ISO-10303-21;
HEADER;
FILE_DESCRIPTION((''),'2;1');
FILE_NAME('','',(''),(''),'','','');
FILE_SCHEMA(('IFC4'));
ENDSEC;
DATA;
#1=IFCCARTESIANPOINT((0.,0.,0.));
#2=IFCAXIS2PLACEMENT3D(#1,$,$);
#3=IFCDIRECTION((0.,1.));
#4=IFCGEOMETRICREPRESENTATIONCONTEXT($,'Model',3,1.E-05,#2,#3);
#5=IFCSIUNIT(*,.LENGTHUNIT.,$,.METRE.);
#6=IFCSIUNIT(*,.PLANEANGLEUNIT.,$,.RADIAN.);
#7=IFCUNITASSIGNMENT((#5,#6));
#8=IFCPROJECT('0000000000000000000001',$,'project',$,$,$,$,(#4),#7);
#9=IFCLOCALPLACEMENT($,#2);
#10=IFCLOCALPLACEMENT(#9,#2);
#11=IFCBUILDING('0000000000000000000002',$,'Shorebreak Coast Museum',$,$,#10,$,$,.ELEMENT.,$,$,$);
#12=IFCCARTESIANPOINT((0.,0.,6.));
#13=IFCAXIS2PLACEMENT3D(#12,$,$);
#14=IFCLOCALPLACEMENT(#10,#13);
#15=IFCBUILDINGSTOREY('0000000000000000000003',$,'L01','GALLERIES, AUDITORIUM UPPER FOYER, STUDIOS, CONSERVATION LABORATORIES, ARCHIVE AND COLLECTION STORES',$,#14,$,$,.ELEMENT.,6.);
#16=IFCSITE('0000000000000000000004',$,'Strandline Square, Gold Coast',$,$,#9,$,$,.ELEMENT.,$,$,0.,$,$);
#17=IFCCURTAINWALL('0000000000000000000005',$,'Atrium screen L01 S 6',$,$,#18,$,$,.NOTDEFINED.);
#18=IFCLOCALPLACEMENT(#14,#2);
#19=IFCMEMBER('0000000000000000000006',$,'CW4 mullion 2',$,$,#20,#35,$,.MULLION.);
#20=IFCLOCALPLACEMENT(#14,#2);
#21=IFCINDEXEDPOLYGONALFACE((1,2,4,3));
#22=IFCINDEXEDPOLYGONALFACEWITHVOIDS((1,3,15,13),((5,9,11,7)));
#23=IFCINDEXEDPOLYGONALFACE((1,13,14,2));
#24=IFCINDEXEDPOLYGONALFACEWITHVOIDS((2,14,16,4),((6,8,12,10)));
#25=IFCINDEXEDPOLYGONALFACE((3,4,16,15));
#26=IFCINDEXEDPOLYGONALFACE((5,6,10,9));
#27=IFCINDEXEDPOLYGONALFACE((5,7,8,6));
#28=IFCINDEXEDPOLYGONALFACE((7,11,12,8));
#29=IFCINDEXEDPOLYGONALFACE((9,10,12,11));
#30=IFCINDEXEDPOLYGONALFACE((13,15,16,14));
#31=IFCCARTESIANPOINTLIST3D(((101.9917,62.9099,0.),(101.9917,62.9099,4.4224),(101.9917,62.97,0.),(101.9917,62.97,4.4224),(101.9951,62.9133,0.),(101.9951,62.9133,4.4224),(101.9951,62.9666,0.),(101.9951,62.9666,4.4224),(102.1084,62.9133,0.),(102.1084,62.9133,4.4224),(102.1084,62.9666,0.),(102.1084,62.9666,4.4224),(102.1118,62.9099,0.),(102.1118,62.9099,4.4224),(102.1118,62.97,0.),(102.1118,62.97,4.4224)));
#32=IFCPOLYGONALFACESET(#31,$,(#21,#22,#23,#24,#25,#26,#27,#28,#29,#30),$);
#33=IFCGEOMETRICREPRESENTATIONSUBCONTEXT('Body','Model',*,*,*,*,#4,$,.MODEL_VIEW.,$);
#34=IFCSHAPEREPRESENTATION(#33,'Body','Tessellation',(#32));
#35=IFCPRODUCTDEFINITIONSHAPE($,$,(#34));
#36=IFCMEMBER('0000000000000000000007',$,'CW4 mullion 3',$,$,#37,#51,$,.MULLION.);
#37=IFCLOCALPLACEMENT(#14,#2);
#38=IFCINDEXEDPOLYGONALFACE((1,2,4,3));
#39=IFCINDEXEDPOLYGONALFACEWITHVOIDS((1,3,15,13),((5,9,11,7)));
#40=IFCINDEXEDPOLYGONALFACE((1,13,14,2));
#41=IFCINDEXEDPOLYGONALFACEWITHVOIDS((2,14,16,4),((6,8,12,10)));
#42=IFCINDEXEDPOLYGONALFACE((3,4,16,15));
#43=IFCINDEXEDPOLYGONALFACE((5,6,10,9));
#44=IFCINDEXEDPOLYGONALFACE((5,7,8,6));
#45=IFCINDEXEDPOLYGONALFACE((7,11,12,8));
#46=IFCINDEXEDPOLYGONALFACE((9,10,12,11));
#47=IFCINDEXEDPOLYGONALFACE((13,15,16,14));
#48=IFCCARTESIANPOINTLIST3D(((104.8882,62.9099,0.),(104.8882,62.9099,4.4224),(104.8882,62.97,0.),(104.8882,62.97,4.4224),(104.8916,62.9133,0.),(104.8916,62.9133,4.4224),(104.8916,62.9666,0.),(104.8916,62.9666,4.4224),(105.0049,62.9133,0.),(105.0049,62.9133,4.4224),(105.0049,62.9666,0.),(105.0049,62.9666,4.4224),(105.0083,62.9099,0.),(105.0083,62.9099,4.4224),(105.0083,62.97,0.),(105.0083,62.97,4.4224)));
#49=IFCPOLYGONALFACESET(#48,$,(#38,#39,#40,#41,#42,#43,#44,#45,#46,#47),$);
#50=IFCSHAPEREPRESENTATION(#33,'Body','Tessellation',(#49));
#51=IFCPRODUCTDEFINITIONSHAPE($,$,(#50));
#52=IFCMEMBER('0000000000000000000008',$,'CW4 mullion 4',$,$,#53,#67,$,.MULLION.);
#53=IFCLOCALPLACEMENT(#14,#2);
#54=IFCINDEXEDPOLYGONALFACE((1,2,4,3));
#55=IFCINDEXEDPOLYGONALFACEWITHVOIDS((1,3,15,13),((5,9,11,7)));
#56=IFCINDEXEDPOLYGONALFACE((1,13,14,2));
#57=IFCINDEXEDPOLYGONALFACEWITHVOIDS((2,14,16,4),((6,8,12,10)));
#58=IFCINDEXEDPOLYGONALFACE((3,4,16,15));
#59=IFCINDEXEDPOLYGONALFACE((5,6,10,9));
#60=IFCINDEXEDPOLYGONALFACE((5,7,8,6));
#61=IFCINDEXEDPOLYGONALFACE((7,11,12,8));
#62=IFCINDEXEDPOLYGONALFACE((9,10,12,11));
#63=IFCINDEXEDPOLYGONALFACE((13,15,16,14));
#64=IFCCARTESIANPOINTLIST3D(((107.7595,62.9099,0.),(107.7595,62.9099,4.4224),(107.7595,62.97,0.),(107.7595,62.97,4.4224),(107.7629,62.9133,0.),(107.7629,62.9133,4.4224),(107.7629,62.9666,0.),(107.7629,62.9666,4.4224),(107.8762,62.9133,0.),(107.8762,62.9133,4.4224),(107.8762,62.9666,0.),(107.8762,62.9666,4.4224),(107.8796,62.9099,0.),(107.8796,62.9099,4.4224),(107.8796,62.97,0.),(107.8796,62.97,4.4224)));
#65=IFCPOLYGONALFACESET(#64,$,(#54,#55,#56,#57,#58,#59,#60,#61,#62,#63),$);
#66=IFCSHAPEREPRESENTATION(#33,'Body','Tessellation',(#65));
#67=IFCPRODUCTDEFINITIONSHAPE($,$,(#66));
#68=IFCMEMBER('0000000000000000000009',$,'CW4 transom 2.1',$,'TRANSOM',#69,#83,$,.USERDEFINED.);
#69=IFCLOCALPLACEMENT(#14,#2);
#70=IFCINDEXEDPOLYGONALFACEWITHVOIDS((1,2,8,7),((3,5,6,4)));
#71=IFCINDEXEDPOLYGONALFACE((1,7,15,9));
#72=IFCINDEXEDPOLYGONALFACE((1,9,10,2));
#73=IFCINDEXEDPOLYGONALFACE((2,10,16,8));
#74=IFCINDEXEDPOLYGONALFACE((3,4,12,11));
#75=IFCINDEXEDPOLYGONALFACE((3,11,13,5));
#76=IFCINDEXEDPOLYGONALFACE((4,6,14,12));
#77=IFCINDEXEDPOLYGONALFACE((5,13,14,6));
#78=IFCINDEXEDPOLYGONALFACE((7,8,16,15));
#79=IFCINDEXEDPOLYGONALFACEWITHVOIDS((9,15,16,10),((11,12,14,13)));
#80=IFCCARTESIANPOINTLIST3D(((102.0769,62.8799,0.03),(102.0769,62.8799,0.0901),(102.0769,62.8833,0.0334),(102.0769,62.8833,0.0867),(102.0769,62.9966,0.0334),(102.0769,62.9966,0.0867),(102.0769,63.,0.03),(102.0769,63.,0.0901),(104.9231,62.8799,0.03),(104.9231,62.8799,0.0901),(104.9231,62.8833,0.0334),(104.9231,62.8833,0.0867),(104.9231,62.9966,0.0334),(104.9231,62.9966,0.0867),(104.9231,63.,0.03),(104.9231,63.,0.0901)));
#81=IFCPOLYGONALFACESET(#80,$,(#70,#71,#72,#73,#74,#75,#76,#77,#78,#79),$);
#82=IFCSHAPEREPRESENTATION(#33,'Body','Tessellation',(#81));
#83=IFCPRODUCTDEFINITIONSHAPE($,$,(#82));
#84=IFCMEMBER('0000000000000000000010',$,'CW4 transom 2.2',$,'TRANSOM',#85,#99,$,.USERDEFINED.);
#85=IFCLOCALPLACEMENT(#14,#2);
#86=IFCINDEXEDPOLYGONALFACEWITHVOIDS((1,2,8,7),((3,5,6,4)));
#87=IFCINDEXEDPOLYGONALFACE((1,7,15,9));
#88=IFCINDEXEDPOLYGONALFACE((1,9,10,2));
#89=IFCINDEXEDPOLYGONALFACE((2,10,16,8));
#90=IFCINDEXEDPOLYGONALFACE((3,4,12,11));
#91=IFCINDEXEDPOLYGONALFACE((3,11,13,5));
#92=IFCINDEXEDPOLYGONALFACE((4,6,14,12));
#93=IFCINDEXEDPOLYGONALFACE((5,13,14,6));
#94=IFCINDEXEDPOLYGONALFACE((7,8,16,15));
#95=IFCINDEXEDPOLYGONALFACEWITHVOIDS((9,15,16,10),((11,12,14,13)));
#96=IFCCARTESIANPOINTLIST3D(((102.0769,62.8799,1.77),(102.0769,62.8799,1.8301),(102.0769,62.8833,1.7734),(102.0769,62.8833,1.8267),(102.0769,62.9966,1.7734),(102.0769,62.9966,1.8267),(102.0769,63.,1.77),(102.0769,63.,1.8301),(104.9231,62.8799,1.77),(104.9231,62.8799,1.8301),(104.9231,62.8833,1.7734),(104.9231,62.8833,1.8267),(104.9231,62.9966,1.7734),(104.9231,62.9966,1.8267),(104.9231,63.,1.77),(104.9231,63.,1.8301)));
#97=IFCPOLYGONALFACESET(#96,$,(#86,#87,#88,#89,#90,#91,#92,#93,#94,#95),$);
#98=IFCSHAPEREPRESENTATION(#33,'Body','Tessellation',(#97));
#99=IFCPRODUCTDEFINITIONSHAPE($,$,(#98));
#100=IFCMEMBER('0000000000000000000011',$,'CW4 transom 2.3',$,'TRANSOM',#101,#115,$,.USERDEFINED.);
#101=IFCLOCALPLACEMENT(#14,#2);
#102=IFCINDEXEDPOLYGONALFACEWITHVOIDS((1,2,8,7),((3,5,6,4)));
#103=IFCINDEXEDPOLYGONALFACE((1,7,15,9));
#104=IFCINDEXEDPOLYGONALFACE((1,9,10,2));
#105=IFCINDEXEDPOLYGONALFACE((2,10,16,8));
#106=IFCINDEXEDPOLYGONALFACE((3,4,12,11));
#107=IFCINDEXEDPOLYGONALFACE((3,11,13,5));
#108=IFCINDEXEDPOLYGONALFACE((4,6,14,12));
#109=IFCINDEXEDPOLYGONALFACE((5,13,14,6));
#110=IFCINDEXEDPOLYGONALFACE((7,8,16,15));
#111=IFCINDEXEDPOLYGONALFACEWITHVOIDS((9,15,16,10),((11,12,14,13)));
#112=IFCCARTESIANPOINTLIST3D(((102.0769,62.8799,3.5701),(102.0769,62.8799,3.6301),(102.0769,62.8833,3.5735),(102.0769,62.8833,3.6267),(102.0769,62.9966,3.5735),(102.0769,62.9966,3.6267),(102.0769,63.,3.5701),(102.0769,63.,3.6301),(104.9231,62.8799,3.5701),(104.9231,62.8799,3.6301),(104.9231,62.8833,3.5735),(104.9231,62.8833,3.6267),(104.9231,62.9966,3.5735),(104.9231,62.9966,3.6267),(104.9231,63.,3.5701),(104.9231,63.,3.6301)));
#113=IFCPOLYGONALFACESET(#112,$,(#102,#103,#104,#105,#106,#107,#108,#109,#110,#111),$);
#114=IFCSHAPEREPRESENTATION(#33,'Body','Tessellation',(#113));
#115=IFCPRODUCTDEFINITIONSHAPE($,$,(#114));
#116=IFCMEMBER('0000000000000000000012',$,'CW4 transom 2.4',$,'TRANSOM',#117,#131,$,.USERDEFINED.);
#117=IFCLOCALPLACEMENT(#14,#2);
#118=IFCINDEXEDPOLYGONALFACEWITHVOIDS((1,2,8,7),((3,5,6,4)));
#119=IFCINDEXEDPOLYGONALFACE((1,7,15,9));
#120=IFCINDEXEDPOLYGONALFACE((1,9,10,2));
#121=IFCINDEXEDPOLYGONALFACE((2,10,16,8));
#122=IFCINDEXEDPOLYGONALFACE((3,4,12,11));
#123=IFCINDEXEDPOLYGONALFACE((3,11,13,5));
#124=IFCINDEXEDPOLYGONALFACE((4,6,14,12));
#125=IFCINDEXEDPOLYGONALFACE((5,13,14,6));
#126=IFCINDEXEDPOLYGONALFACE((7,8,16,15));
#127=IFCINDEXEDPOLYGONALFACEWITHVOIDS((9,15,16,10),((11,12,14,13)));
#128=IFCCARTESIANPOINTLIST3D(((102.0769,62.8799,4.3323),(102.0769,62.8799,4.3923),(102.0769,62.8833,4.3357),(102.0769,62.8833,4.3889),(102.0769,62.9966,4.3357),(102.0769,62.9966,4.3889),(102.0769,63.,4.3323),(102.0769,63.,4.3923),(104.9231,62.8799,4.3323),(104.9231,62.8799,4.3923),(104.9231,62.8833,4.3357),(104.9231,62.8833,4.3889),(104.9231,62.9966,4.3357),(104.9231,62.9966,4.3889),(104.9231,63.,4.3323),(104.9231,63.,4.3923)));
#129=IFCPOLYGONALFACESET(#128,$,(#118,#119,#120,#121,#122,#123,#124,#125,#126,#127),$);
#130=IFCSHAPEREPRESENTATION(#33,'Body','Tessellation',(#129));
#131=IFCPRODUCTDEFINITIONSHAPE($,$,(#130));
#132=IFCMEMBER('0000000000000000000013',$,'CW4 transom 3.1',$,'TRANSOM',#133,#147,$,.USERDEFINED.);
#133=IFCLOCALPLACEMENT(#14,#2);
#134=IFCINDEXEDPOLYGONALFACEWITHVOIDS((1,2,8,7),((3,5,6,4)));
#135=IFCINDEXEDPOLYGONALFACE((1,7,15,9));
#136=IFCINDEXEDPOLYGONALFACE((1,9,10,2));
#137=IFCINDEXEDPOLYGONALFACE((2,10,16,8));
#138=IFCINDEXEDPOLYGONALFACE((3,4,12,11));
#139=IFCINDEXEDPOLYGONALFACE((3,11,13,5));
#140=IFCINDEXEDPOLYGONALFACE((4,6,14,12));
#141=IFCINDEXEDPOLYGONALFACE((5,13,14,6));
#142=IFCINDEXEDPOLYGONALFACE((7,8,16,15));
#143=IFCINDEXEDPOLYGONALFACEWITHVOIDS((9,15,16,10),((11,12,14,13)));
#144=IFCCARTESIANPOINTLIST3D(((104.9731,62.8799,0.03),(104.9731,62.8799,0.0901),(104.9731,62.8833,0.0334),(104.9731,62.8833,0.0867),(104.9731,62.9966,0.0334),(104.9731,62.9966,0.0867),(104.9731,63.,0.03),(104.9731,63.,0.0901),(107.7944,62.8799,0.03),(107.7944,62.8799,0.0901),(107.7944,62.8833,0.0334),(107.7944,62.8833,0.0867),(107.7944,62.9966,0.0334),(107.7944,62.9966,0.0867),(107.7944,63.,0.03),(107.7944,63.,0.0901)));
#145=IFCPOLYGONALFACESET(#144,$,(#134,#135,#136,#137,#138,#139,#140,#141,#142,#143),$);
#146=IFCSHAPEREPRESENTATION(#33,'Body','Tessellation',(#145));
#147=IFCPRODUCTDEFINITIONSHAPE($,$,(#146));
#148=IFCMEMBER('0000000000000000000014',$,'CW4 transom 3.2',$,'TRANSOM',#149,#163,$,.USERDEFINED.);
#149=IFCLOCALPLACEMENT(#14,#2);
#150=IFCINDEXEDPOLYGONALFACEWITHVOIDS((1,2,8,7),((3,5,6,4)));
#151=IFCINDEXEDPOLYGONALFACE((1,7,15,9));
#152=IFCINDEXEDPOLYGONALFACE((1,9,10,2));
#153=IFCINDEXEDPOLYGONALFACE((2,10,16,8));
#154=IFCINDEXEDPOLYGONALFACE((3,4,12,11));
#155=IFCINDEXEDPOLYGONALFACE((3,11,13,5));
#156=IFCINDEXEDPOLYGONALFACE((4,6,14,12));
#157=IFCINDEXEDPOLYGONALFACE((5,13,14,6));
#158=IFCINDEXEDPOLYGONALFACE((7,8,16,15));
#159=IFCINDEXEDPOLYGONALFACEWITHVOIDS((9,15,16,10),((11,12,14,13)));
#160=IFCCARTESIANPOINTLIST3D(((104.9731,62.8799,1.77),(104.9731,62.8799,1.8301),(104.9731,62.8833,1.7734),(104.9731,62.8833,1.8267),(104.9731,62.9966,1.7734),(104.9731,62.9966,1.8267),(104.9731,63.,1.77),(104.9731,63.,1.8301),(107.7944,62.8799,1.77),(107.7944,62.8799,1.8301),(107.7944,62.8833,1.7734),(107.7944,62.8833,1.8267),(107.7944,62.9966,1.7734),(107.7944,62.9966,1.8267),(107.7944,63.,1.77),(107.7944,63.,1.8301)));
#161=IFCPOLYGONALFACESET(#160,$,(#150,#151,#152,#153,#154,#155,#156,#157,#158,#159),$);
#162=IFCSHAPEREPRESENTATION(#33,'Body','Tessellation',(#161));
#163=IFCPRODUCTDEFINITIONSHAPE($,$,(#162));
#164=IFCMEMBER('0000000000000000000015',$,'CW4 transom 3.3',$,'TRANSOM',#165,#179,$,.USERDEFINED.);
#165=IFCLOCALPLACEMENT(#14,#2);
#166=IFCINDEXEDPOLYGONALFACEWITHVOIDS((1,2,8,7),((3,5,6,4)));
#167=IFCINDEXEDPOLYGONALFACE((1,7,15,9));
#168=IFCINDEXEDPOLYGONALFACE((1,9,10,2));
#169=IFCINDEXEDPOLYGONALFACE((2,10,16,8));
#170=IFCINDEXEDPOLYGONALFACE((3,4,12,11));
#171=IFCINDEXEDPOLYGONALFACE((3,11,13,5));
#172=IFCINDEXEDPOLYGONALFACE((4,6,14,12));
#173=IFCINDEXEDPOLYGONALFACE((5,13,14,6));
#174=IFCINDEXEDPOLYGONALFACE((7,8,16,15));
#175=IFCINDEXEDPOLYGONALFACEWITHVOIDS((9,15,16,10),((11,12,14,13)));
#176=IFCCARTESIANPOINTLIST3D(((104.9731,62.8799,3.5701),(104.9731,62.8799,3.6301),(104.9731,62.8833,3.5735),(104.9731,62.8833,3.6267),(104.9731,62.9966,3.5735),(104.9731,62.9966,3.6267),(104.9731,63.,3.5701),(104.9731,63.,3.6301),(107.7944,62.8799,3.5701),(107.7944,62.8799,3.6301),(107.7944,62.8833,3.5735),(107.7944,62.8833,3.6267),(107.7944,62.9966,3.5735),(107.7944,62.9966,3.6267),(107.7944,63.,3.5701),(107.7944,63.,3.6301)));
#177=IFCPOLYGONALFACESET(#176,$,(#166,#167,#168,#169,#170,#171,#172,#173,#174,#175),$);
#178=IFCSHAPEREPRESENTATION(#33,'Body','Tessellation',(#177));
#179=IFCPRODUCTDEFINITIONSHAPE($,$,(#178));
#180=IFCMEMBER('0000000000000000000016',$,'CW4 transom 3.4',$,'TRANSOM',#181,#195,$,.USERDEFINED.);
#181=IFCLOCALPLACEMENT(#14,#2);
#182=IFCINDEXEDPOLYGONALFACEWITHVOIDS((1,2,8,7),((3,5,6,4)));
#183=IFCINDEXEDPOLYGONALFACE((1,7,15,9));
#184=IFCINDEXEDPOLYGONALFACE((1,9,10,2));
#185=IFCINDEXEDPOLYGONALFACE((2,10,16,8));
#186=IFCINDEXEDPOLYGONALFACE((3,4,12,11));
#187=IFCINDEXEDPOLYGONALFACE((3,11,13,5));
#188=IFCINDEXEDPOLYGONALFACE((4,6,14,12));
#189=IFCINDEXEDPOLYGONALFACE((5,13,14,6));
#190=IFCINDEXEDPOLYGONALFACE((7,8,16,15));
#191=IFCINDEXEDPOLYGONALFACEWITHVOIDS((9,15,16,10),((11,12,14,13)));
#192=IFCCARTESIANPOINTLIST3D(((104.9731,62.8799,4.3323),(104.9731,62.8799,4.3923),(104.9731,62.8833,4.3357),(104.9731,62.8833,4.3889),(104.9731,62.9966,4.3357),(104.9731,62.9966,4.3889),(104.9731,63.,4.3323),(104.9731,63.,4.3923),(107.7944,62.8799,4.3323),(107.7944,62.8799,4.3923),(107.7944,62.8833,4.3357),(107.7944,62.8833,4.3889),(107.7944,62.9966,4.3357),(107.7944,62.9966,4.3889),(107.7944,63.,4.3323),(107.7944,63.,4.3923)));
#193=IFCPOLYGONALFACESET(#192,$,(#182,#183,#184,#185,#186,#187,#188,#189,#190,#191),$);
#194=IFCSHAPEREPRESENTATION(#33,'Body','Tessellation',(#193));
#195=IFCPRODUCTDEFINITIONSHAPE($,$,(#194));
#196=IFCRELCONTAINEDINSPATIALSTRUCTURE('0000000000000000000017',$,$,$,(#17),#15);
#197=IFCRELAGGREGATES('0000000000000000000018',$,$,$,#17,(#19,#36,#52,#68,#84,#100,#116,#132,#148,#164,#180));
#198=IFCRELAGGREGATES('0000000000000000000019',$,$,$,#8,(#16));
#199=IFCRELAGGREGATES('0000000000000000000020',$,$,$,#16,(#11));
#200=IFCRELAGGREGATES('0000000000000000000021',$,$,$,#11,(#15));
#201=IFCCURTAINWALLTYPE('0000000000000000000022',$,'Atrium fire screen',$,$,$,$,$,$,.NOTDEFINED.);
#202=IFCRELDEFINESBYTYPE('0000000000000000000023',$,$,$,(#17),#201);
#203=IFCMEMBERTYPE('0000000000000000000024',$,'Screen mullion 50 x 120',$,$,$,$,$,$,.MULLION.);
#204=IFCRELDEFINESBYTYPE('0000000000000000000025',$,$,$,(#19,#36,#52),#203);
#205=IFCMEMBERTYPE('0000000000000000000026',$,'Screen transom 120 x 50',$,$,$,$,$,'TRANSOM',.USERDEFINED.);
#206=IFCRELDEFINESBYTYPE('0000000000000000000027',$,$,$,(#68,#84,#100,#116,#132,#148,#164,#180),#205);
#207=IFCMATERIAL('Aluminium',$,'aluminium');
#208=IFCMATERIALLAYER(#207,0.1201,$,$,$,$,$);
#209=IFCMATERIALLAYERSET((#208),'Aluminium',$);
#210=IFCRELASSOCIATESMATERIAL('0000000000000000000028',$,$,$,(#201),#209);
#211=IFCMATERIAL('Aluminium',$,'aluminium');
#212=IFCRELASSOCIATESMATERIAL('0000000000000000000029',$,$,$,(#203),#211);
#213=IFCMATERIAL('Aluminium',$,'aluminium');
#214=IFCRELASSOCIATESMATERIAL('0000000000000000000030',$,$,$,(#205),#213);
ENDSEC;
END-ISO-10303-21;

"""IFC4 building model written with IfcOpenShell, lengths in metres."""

from ifc_helpers import new_model, si_unit, direction, frame, origin, origin_2d, place, context, subcontext, project, spatial, hollow_rectangle, extrude, material, layer, layer_set, material_profile, profile_set, type_object, element, aggregate, save


model = new_model("IFC4")

# Units and contexts
model_context = context("Model", 3, precision=1e-05, world=origin(), true_north=direction((0.0, 1.0)))
body_context = subcontext(model_context, "Body", "Model", "MODEL_VIEW")
ifc_project = project(units=[si_unit("LENGTHUNIT", "METRE"), si_unit("PLANEANGLEUNIT", "RADIAN")], contexts=[model_context])

# Site, building, storey
site_placement = place(None, origin())
site = spatial("IfcSite", under=ifc_project, at=site_placement, Name="Strandline Square, Gold Coast", CompositionType="ELEMENT", RefElevation=0.0)
building_placement = place(site_placement, origin())
building = spatial("IfcBuilding", under=site, at=building_placement, Name="Shorebreak Coast Museum", CompositionType="ELEMENT")
storey_placement = place(building_placement, frame((0.0, 0.0, 6.0)))
storey = spatial("IfcBuildingStorey", under=building, at=storey_placement, Name="L01", Description="GALLERIES, AUDITORIUM UPPER FOYER, STUDIOS, CONSERVATION LABORATORIES, ARCHIVE AND COLLECTION STORES", CompositionType="ELEMENT", Elevation=6.0)

# Curtain wall, members
ifc_material_1 = material(Name="Aluminium", Category="aluminium")
ifc_layer_1 = layer(ifc_material_1, 0.1201)
ifc_layer_set_1 = layer_set([ifc_layer_1], Name="Aluminium")
curtain_wall_type = type_object("IfcCurtainWallType", Name="Atrium fire screen", PredefinedType="NOTDEFINED", material=ifc_layer_set_1)
curtain_wall_placement = place(storey_placement, origin())
curtain_wall = element("IfcCurtainWall", 1, at=curtain_wall_placement, inside=storey, type_object=curtain_wall_type, Name="Atrium screen L01 S 6", PredefinedType="NOTDEFINED")
ifc_material_2 = material(Name="Aluminium", Category="aluminium")
ifc_material_profile_1 = material_profile(ifc_material_2, hollow_rectangle(XDim=0.0601, YDim=0.1201, WallThickness=0.0034, at=origin_2d()), Name="AL 120x60 RHS")
ifc_profile_set_1 = profile_set([ifc_material_profile_1], Name="Aluminium")
member_type_1 = type_object("IfcMemberType", Name="Screen mullion 50 x 120", PredefinedType="MULLION", material=ifc_profile_set_1)
member_1_placement = place(storey_placement, frame((102.0518, 62.9399, 0.0), z_axis=(0.0, 0.0, 1.0), x_axis=(0.0, 1.0, 0.0)))
member_1 = element("IfcMember", 2, at=member_1_placement, type_object=member_type_1, Name="CW4 mullion 2", PredefinedType="MULLION", context=body_context, shape_type="SweptSolid", body=[
    extrude(hollow_rectangle(XDim=0.0601, YDim=0.1201, WallThickness=0.0034, at=origin_2d()), origin(), (0.0, 0.0, 1.0), 4.4224),
])
member_2_placement = place(storey_placement, frame((104.9482, 62.9399, 0.0), z_axis=(0.0, 0.0, 1.0), x_axis=(0.0, 1.0, 0.0)))
member_2 = element("IfcMember", 3, at=member_2_placement, type_object=member_type_1, Name="CW4 mullion 3", PredefinedType="MULLION", context=body_context, shape_type="SweptSolid", body=[
    extrude(hollow_rectangle(XDim=0.0601, YDim=0.1201, WallThickness=0.0034, at=origin_2d()), origin(), (0.0, 0.0, 1.0), 4.4224),
])
member_3_placement = place(storey_placement, frame((107.8196, 62.9399, 0.0), z_axis=(0.0, 0.0, 1.0), x_axis=(0.0, 1.0, 0.0)))
member_3 = element("IfcMember", 4, at=member_3_placement, type_object=member_type_1, Name="CW4 mullion 4", PredefinedType="MULLION", context=body_context, shape_type="SweptSolid", body=[
    extrude(hollow_rectangle(XDim=0.0601, YDim=0.1201, WallThickness=0.0034, at=origin_2d()), origin(), (0.0, 0.0, 1.0), 4.4224),
])
ifc_material_3 = material(Name="Aluminium", Category="aluminium")
ifc_material_profile_2 = material_profile(ifc_material_3, hollow_rectangle(XDim=0.1201, YDim=0.0601, WallThickness=0.0034, at=origin_2d()), Name="AL 60x120 RHS")
ifc_profile_set_2 = profile_set([ifc_material_profile_2], Name="Aluminium")
member_type_2 = type_object("IfcMemberType", Name="Screen transom 120 x 50", ElementType="TRANSOM", PredefinedType="USERDEFINED", material=ifc_profile_set_2)
member_4_placement = place(storey_placement, frame((102.0769, 62.9399, 0.0601), z_axis=(1.0, 0.0, 0.0), x_axis=(0.0, 1.0, 0.0)))
member_4 = element("IfcMember", 5, at=member_4_placement, type_object=member_type_2, Name="CW4 transom 2.1", ObjectType="TRANSOM", PredefinedType="USERDEFINED", context=body_context, shape_type="SweptSolid", body=[
    extrude(hollow_rectangle(XDim=0.1201, YDim=0.0601, WallThickness=0.0034, at=origin_2d()), origin(), (0.0, 0.0, 1.0), 2.8462),
])
member_5_placement = place(storey_placement, frame((102.0769, 62.9399, 1.8), z_axis=(1.0, 0.0, 0.0), x_axis=(0.0, 1.0, 0.0)))
member_5 = element("IfcMember", 6, at=member_5_placement, type_object=member_type_2, Name="CW4 transom 2.2", ObjectType="TRANSOM", PredefinedType="USERDEFINED", context=body_context, shape_type="SweptSolid", body=[
    extrude(hollow_rectangle(XDim=0.1201, YDim=0.0601, WallThickness=0.0034, at=origin_2d()), origin(), (0.0, 0.0, 1.0), 2.8462),
])
member_6_placement = place(storey_placement, frame((102.0769, 62.9399, 3.6001), z_axis=(1.0, 0.0, 0.0), x_axis=(0.0, 1.0, 0.0)))
member_6 = element("IfcMember", 7, at=member_6_placement, type_object=member_type_2, Name="CW4 transom 2.3", ObjectType="TRANSOM", PredefinedType="USERDEFINED", context=body_context, shape_type="SweptSolid", body=[
    extrude(hollow_rectangle(XDim=0.1201, YDim=0.0601, WallThickness=0.0034, at=origin_2d()), origin(), (0.0, 0.0, 1.0), 2.8462),
])
member_7_placement = place(storey_placement, frame((102.0769, 62.9399, 4.3623), z_axis=(1.0, 0.0, 0.0), x_axis=(0.0, 1.0, 0.0)))
member_7 = element("IfcMember", 8, at=member_7_placement, type_object=member_type_2, Name="CW4 transom 2.4", ObjectType="TRANSOM", PredefinedType="USERDEFINED", context=body_context, shape_type="SweptSolid", body=[
    extrude(hollow_rectangle(XDim=0.1201, YDim=0.0601, WallThickness=0.0034, at=origin_2d()), origin(), (0.0, 0.0, 1.0), 2.8462),
])
member_8_placement = place(storey_placement, frame((104.9731, 62.9399, 0.0601), z_axis=(1.0, 0.0, 0.0), x_axis=(0.0, 1.0, 0.0)))
member_8 = element("IfcMember", 9, at=member_8_placement, type_object=member_type_2, Name="CW4 transom 3.1", ObjectType="TRANSOM", PredefinedType="USERDEFINED", context=body_context, shape_type="SweptSolid", body=[
    extrude(hollow_rectangle(XDim=0.1201, YDim=0.0601, WallThickness=0.0034, at=origin_2d()), origin(), (0.0, 0.0, 1.0), 2.8213),
])
member_9_placement = place(storey_placement, frame((104.9731, 62.9399, 1.8), z_axis=(1.0, 0.0, 0.0), x_axis=(0.0, 1.0, 0.0)))
member_9 = element("IfcMember", 10, at=member_9_placement, type_object=member_type_2, Name="CW4 transom 3.2", ObjectType="TRANSOM", PredefinedType="USERDEFINED", context=body_context, shape_type="SweptSolid", body=[
    extrude(hollow_rectangle(XDim=0.1201, YDim=0.0601, WallThickness=0.0034, at=origin_2d()), origin(), (0.0, 0.0, 1.0), 2.8213),
])
member_10_placement = place(storey_placement, frame((104.9731, 62.9399, 3.6001), z_axis=(1.0, 0.0, 0.0), x_axis=(0.0, 1.0, 0.0)))
member_10 = element("IfcMember", 11, at=member_10_placement, type_object=member_type_2, Name="CW4 transom 3.3", ObjectType="TRANSOM", PredefinedType="USERDEFINED", context=body_context, shape_type="SweptSolid", body=[
    extrude(hollow_rectangle(XDim=0.1201, YDim=0.0601, WallThickness=0.0034, at=origin_2d()), origin(), (0.0, 0.0, 1.0), 2.8213),
])
member_11_placement = place(storey_placement, frame((104.9731, 62.9399, 4.3623), z_axis=(1.0, 0.0, 0.0), x_axis=(0.0, 1.0, 0.0)))
member_11 = element("IfcMember", 12, at=member_11_placement, type_object=member_type_2, Name="CW4 transom 3.4", ObjectType="TRANSOM", PredefinedType="USERDEFINED", context=body_context, shape_type="SweptSolid", body=[
    extrude(hollow_rectangle(XDim=0.1201, YDim=0.0601, WallThickness=0.0034, at=origin_2d()), origin(), (0.0, 0.0, 1.0), 2.8213),
])
aggregate(curtain_wall, [member_1, member_2, member_3, member_4, member_5, member_6, member_7, member_8, member_9, member_10, member_11])

save(model, "model.ifc")
